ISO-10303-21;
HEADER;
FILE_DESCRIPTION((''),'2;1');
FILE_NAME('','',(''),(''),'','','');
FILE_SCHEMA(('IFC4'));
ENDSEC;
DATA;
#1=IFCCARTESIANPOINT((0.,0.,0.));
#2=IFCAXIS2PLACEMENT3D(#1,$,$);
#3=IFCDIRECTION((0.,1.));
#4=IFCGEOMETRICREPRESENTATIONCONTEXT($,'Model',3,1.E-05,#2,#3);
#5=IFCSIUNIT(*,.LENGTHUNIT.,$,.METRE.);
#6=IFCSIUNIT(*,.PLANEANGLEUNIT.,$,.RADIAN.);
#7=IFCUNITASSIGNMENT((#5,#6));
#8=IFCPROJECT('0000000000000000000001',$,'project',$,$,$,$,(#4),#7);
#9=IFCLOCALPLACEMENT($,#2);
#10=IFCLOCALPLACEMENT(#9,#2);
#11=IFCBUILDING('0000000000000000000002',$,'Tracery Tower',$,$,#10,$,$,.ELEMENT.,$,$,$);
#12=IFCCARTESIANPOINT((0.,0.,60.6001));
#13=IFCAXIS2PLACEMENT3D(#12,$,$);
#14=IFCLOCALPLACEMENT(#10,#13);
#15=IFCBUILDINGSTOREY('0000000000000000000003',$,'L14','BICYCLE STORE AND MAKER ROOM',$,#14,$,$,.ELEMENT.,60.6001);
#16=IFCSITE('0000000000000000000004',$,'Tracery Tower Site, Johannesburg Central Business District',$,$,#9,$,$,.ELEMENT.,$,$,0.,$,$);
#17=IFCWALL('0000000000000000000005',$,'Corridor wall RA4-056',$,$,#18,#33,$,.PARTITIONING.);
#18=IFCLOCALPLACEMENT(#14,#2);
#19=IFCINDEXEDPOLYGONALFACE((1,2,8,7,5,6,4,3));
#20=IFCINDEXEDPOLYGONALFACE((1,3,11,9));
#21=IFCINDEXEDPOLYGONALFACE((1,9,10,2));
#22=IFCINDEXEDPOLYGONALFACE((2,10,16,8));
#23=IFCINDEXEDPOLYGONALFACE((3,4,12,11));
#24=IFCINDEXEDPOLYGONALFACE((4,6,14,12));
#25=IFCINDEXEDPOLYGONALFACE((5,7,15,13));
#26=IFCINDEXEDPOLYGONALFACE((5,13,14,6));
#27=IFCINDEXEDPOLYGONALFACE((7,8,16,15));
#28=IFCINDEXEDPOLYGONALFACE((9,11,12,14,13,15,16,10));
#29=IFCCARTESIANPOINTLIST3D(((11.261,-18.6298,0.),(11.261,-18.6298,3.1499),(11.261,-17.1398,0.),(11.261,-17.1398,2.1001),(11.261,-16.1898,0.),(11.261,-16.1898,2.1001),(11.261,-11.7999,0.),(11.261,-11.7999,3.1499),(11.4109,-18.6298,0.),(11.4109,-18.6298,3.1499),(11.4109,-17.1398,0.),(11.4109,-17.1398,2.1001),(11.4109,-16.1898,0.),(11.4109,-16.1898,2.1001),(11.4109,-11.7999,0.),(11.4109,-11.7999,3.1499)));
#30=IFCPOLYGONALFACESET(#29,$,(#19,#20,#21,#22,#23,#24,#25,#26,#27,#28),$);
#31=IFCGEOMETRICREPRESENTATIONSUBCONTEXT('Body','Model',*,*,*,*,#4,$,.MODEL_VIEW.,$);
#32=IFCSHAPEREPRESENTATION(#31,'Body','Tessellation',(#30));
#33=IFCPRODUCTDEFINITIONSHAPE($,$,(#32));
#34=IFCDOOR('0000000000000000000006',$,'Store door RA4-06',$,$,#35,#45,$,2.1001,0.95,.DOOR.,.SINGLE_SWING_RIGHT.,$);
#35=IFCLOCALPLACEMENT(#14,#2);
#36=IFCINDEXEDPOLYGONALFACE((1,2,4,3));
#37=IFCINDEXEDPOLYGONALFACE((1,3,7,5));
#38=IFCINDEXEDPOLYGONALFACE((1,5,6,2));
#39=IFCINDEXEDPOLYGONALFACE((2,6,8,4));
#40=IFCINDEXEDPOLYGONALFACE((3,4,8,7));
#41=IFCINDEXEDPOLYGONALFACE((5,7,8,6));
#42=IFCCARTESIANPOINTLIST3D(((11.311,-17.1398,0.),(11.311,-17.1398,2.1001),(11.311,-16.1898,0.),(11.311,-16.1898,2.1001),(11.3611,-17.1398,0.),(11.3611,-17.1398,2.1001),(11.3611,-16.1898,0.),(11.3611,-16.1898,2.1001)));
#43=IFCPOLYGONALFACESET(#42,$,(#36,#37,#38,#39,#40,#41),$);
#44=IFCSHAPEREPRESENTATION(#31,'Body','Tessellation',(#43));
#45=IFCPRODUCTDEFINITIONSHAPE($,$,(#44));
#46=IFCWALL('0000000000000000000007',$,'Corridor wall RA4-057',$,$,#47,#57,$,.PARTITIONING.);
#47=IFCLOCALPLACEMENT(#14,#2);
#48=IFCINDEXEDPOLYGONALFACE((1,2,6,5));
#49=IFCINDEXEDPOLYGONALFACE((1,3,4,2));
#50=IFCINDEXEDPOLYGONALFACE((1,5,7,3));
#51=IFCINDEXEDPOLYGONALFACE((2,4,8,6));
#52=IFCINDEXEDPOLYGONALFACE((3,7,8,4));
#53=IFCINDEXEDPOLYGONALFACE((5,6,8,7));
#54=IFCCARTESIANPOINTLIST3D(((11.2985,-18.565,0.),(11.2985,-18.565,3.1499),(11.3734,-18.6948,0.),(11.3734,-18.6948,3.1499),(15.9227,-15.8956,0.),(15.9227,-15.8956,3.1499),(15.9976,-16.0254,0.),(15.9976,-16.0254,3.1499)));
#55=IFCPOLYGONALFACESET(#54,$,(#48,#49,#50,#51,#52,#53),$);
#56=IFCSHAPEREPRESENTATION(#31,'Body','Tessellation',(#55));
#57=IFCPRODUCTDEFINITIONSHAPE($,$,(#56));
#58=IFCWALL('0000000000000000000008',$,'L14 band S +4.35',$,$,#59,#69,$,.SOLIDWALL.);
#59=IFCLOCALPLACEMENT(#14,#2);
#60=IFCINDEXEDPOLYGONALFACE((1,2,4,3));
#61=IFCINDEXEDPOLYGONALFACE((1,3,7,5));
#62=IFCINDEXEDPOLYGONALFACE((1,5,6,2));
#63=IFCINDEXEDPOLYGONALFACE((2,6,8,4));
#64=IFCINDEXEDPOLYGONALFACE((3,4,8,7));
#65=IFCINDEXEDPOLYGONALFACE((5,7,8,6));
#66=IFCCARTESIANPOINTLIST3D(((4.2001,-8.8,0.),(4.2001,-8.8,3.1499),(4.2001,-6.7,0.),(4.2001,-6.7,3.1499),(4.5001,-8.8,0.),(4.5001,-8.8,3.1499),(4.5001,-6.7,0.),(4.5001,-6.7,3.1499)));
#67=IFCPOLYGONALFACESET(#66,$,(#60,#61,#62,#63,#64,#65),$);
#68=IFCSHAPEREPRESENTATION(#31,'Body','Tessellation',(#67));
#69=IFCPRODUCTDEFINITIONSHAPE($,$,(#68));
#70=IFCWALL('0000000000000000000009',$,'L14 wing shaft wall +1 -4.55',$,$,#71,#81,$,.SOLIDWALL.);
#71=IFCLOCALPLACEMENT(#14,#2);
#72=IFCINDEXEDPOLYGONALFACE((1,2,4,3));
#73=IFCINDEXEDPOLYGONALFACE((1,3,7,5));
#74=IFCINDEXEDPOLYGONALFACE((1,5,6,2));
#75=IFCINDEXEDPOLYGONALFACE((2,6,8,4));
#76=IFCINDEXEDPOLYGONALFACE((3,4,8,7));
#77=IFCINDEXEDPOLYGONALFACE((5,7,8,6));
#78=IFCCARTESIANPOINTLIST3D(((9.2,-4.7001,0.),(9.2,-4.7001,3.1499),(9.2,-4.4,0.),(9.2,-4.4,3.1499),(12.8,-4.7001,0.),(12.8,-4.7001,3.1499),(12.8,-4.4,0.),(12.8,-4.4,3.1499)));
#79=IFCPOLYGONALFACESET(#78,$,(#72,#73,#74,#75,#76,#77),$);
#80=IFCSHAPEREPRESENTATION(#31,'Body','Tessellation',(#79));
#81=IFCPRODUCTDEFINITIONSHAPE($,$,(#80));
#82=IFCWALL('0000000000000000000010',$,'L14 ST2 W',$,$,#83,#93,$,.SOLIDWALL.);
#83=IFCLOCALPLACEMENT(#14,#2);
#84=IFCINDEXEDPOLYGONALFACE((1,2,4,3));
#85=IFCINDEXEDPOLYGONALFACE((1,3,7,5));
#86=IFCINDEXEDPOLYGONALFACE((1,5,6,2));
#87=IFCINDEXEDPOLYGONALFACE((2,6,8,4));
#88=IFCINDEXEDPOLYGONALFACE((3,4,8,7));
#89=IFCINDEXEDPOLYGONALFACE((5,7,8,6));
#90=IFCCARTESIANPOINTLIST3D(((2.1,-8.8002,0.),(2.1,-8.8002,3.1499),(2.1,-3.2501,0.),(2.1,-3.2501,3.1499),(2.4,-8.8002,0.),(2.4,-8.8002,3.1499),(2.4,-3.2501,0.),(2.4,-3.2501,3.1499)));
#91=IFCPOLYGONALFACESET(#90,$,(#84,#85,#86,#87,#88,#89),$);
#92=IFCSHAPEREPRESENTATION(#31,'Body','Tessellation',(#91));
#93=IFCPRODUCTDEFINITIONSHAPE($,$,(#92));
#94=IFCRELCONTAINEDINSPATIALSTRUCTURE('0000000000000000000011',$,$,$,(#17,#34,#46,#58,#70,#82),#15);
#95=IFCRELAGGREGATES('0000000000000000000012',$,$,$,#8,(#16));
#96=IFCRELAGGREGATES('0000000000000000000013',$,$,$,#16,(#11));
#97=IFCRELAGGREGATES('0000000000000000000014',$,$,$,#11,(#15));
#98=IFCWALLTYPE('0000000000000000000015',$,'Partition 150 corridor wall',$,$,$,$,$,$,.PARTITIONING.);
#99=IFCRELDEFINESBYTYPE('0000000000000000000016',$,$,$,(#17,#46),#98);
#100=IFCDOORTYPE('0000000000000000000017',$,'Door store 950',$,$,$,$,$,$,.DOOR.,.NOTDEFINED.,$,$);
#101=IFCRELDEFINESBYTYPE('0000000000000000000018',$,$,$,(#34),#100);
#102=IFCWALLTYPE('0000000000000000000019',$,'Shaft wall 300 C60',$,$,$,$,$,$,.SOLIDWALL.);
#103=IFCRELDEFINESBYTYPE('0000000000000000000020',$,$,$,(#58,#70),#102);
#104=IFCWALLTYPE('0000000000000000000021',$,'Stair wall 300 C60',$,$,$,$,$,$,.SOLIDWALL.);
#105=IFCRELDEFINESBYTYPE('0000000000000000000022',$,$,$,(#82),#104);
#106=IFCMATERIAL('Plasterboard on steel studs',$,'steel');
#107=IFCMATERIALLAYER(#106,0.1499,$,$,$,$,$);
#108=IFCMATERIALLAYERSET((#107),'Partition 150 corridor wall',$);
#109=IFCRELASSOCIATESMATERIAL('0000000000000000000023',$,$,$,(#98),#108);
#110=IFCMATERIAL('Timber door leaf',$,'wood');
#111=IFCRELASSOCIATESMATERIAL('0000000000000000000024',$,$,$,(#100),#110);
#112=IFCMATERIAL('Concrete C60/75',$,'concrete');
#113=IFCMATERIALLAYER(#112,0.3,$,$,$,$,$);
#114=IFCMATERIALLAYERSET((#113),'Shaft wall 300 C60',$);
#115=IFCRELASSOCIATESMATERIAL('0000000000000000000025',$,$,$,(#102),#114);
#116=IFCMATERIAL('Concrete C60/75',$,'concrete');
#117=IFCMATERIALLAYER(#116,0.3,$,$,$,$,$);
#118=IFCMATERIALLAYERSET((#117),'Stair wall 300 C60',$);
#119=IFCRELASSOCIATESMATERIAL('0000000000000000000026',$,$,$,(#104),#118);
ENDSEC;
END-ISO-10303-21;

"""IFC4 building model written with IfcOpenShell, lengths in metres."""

from ifc_helpers import new_model, si_unit, direction, frame, frame_2d, origin, place, context, subcontext, project, spatial, rectangle, extrude, material, layer, layer_set, type_object, element, fill, save


model = new_model("IFC4")

# Units and contexts
model_context = context("Model", 3, precision=1e-05, world=origin(), true_north=direction((0.0, 1.0)))
body_context = subcontext(model_context, "Body", "Model", "MODEL_VIEW")
ifc_project = project(units=[si_unit("LENGTHUNIT", "METRE"), si_unit("PLANEANGLEUNIT", "RADIAN")], contexts=[model_context])

# Site, building, storey
site_placement = place(None, origin())
site = spatial("IfcSite", under=ifc_project, at=site_placement, Name="Tracery Tower Site, Johannesburg Central Business District", CompositionType="ELEMENT", RefElevation=0.0)
building_placement = place(site_placement, origin())
building = spatial("IfcBuilding", under=site, at=building_placement, Name="Tracery Tower", CompositionType="ELEMENT")
storey_placement = place(building_placement, frame((0.0, 0.0, 60.6001)))
storey = spatial("IfcBuildingStorey", under=building, at=storey_placement, Name="L14", Description="BICYCLE STORE AND MAKER ROOM", CompositionType="ELEMENT", Elevation=60.6001)

# Shared definitions
ifc_material_1 = material(Name="Plasterboard on steel studs", Category="steel")
ifc_layer_1 = layer(ifc_material_1, 0.1499)
ifc_layer_set_1 = layer_set([ifc_layer_1], Name="Partition 150 corridor wall")
wall_type_1 = type_object("IfcWallType", Name="Partition 150 corridor wall", PredefinedType="PARTITIONING", material=ifc_layer_set_1)

# Wall, opening, door
wall_1_placement = place(storey_placement, frame((11.3359, -18.6299, 0.0), z_axis=(0.0, 0.0, 1.0), x_axis=(0.0, 1.0, 0.0)))
wall_1 = element("IfcWall", 1, at=wall_1_placement, inside=storey, type_object=wall_type_1, Name="Corridor wall RA4-056", PredefinedType="PARTITIONING", context=body_context, shape_type="SweptSolid", body=[
    extrude(rectangle(XDim=6.8298, YDim=0.1499, at=frame_2d((3.415, 0.0))), origin(), (0.0, 0.0, 1.0), 3.1499),
])
opening_1_placement = place(wall_1_placement, frame((1.49, 0.0, 0.0)))
opening_1 = element("IfcOpeningElement", 2, at=opening_1_placement, cuts=wall_1, PredefinedType="OPENING", context=body_context, shape_type="SweptSolid", body=[
    extrude(rectangle(XDim=0.95, YDim=2.1001, at=frame_2d((0.4751, 1.05))), frame((0.0, 0.075, 0.0), z_axis=(0.0, -1.0, 0.0), x_axis=(1.0, 0.0, 0.0)), (0.0, 0.0, 1.0), 0.1499),
])
ifc_material_2 = material(Name="Timber door leaf", Category="wood")
door_type_1 = type_object("IfcDoorType", Name="Door store 950", OperationType="NOTDEFINED", PredefinedType="DOOR", material=ifc_material_2)
door_1_placement = place(opening_1_placement, origin())
door_1 = element("IfcDoor", 3, at=door_1_placement, inside=storey, type_object=door_type_1, Name="Store door RA4-06", OperationType="SINGLE_SWING_RIGHT", OverallHeight=2.1001, OverallWidth=0.95, PredefinedType="DOOR", context=body_context, shape_type="SweptSolid", body=[
    extrude(rectangle(XDim=0.95, YDim=2.1001, at=frame_2d((0.4751, 1.05))), frame((0.0, 0.0249, 0.0), z_axis=(0.0, -1.0, 0.0), x_axis=(1.0, 0.0, 0.0)), (0.0, 0.0, 1.0), 0.05),
])
fill(opening_1, door_1)

# Walls
wall_2_placement = place(storey_placement, frame((11.3359, -18.6299, 0.0), z_axis=(0.0, 0.0, 1.0), x_axis=(0.866057, 0.499945, 0.0)))
element("IfcWall", 4, at=wall_2_placement, inside=storey, type_object=wall_type_1, Name="Corridor wall RA4-057", PredefinedType="PARTITIONING", context=body_context, shape_type="SweptSolid", body=[
    extrude(rectangle(XDim=5.3394, YDim=0.1499, at=frame_2d((2.6697, 0.0))), origin(), (0.0, 0.0, 1.0), 3.1499),
])
ifc_material_3 = material(Name="Concrete C60/75", Category="concrete")
ifc_layer_2 = layer(ifc_material_3, 0.3)
ifc_layer_set_2 = layer_set([ifc_layer_2], Name="Shaft wall 300 C60")
wall_type_2 = type_object("IfcWallType", Name="Shaft wall 300 C60", PredefinedType="SOLIDWALL", material=ifc_layer_set_2)
wall_3_placement = place(storey_placement, frame((4.3501, -8.8, 0.0), z_axis=(0.0, 0.0, 1.0), x_axis=(0.0, 1.0, 0.0)))
element("IfcWall", 5, at=wall_3_placement, inside=storey, type_object=wall_type_2, Name="L14 band S +4.35", PredefinedType="SOLIDWALL", context=body_context, shape_type="SweptSolid", body=[
    extrude(rectangle(XDim=2.1001, YDim=0.3, at=frame_2d((1.05, 0.0))), origin(), (0.0, 0.0, 1.0), 3.1499),
])
wall_4_placement = place(storey_placement, frame((9.2, -4.55, 0.0), z_axis=(0.0, 0.0, 1.0), x_axis=(1.0, 0.0, 0.0)))
element("IfcWall", 6, at=wall_4_placement, inside=storey, type_object=wall_type_2, Name="L14 wing shaft wall +1 -4.55", PredefinedType="SOLIDWALL", context=body_context, shape_type="SweptSolid", body=[
    extrude(rectangle(XDim=3.6001, YDim=0.3, at=frame_2d((1.8, 0.0))), origin(), (0.0, 0.0, 1.0), 3.1499),
])

# Shared definitions
ifc_material_4 = material(Name="Concrete C60/75", Category="concrete")
ifc_layer_3 = layer(ifc_material_4, 0.3)
ifc_layer_set_3 = layer_set([ifc_layer_3], Name="Stair wall 300 C60")
wall_type_3 = type_object("IfcWallType", Name="Stair wall 300 C60", PredefinedType="SOLIDWALL", material=ifc_layer_set_3)

# Wall
wall_5_placement = place(storey_placement, frame((2.25, -8.8, 0.0), z_axis=(0.0, 0.0, 1.0), x_axis=(0.0, 1.0, 0.0)))
element("IfcWall", 7, at=wall_5_placement, inside=storey, type_object=wall_type_3, Name="L14 ST2 W", PredefinedType="SOLIDWALL", context=body_context, shape_type="SweptSolid", body=[
    extrude(rectangle(XDim=5.55, YDim=0.3, at=frame_2d((2.7749, 0.0))), origin(), (0.0, 0.0, 1.0), 3.1499),
])

save(model, "model.ifc")
